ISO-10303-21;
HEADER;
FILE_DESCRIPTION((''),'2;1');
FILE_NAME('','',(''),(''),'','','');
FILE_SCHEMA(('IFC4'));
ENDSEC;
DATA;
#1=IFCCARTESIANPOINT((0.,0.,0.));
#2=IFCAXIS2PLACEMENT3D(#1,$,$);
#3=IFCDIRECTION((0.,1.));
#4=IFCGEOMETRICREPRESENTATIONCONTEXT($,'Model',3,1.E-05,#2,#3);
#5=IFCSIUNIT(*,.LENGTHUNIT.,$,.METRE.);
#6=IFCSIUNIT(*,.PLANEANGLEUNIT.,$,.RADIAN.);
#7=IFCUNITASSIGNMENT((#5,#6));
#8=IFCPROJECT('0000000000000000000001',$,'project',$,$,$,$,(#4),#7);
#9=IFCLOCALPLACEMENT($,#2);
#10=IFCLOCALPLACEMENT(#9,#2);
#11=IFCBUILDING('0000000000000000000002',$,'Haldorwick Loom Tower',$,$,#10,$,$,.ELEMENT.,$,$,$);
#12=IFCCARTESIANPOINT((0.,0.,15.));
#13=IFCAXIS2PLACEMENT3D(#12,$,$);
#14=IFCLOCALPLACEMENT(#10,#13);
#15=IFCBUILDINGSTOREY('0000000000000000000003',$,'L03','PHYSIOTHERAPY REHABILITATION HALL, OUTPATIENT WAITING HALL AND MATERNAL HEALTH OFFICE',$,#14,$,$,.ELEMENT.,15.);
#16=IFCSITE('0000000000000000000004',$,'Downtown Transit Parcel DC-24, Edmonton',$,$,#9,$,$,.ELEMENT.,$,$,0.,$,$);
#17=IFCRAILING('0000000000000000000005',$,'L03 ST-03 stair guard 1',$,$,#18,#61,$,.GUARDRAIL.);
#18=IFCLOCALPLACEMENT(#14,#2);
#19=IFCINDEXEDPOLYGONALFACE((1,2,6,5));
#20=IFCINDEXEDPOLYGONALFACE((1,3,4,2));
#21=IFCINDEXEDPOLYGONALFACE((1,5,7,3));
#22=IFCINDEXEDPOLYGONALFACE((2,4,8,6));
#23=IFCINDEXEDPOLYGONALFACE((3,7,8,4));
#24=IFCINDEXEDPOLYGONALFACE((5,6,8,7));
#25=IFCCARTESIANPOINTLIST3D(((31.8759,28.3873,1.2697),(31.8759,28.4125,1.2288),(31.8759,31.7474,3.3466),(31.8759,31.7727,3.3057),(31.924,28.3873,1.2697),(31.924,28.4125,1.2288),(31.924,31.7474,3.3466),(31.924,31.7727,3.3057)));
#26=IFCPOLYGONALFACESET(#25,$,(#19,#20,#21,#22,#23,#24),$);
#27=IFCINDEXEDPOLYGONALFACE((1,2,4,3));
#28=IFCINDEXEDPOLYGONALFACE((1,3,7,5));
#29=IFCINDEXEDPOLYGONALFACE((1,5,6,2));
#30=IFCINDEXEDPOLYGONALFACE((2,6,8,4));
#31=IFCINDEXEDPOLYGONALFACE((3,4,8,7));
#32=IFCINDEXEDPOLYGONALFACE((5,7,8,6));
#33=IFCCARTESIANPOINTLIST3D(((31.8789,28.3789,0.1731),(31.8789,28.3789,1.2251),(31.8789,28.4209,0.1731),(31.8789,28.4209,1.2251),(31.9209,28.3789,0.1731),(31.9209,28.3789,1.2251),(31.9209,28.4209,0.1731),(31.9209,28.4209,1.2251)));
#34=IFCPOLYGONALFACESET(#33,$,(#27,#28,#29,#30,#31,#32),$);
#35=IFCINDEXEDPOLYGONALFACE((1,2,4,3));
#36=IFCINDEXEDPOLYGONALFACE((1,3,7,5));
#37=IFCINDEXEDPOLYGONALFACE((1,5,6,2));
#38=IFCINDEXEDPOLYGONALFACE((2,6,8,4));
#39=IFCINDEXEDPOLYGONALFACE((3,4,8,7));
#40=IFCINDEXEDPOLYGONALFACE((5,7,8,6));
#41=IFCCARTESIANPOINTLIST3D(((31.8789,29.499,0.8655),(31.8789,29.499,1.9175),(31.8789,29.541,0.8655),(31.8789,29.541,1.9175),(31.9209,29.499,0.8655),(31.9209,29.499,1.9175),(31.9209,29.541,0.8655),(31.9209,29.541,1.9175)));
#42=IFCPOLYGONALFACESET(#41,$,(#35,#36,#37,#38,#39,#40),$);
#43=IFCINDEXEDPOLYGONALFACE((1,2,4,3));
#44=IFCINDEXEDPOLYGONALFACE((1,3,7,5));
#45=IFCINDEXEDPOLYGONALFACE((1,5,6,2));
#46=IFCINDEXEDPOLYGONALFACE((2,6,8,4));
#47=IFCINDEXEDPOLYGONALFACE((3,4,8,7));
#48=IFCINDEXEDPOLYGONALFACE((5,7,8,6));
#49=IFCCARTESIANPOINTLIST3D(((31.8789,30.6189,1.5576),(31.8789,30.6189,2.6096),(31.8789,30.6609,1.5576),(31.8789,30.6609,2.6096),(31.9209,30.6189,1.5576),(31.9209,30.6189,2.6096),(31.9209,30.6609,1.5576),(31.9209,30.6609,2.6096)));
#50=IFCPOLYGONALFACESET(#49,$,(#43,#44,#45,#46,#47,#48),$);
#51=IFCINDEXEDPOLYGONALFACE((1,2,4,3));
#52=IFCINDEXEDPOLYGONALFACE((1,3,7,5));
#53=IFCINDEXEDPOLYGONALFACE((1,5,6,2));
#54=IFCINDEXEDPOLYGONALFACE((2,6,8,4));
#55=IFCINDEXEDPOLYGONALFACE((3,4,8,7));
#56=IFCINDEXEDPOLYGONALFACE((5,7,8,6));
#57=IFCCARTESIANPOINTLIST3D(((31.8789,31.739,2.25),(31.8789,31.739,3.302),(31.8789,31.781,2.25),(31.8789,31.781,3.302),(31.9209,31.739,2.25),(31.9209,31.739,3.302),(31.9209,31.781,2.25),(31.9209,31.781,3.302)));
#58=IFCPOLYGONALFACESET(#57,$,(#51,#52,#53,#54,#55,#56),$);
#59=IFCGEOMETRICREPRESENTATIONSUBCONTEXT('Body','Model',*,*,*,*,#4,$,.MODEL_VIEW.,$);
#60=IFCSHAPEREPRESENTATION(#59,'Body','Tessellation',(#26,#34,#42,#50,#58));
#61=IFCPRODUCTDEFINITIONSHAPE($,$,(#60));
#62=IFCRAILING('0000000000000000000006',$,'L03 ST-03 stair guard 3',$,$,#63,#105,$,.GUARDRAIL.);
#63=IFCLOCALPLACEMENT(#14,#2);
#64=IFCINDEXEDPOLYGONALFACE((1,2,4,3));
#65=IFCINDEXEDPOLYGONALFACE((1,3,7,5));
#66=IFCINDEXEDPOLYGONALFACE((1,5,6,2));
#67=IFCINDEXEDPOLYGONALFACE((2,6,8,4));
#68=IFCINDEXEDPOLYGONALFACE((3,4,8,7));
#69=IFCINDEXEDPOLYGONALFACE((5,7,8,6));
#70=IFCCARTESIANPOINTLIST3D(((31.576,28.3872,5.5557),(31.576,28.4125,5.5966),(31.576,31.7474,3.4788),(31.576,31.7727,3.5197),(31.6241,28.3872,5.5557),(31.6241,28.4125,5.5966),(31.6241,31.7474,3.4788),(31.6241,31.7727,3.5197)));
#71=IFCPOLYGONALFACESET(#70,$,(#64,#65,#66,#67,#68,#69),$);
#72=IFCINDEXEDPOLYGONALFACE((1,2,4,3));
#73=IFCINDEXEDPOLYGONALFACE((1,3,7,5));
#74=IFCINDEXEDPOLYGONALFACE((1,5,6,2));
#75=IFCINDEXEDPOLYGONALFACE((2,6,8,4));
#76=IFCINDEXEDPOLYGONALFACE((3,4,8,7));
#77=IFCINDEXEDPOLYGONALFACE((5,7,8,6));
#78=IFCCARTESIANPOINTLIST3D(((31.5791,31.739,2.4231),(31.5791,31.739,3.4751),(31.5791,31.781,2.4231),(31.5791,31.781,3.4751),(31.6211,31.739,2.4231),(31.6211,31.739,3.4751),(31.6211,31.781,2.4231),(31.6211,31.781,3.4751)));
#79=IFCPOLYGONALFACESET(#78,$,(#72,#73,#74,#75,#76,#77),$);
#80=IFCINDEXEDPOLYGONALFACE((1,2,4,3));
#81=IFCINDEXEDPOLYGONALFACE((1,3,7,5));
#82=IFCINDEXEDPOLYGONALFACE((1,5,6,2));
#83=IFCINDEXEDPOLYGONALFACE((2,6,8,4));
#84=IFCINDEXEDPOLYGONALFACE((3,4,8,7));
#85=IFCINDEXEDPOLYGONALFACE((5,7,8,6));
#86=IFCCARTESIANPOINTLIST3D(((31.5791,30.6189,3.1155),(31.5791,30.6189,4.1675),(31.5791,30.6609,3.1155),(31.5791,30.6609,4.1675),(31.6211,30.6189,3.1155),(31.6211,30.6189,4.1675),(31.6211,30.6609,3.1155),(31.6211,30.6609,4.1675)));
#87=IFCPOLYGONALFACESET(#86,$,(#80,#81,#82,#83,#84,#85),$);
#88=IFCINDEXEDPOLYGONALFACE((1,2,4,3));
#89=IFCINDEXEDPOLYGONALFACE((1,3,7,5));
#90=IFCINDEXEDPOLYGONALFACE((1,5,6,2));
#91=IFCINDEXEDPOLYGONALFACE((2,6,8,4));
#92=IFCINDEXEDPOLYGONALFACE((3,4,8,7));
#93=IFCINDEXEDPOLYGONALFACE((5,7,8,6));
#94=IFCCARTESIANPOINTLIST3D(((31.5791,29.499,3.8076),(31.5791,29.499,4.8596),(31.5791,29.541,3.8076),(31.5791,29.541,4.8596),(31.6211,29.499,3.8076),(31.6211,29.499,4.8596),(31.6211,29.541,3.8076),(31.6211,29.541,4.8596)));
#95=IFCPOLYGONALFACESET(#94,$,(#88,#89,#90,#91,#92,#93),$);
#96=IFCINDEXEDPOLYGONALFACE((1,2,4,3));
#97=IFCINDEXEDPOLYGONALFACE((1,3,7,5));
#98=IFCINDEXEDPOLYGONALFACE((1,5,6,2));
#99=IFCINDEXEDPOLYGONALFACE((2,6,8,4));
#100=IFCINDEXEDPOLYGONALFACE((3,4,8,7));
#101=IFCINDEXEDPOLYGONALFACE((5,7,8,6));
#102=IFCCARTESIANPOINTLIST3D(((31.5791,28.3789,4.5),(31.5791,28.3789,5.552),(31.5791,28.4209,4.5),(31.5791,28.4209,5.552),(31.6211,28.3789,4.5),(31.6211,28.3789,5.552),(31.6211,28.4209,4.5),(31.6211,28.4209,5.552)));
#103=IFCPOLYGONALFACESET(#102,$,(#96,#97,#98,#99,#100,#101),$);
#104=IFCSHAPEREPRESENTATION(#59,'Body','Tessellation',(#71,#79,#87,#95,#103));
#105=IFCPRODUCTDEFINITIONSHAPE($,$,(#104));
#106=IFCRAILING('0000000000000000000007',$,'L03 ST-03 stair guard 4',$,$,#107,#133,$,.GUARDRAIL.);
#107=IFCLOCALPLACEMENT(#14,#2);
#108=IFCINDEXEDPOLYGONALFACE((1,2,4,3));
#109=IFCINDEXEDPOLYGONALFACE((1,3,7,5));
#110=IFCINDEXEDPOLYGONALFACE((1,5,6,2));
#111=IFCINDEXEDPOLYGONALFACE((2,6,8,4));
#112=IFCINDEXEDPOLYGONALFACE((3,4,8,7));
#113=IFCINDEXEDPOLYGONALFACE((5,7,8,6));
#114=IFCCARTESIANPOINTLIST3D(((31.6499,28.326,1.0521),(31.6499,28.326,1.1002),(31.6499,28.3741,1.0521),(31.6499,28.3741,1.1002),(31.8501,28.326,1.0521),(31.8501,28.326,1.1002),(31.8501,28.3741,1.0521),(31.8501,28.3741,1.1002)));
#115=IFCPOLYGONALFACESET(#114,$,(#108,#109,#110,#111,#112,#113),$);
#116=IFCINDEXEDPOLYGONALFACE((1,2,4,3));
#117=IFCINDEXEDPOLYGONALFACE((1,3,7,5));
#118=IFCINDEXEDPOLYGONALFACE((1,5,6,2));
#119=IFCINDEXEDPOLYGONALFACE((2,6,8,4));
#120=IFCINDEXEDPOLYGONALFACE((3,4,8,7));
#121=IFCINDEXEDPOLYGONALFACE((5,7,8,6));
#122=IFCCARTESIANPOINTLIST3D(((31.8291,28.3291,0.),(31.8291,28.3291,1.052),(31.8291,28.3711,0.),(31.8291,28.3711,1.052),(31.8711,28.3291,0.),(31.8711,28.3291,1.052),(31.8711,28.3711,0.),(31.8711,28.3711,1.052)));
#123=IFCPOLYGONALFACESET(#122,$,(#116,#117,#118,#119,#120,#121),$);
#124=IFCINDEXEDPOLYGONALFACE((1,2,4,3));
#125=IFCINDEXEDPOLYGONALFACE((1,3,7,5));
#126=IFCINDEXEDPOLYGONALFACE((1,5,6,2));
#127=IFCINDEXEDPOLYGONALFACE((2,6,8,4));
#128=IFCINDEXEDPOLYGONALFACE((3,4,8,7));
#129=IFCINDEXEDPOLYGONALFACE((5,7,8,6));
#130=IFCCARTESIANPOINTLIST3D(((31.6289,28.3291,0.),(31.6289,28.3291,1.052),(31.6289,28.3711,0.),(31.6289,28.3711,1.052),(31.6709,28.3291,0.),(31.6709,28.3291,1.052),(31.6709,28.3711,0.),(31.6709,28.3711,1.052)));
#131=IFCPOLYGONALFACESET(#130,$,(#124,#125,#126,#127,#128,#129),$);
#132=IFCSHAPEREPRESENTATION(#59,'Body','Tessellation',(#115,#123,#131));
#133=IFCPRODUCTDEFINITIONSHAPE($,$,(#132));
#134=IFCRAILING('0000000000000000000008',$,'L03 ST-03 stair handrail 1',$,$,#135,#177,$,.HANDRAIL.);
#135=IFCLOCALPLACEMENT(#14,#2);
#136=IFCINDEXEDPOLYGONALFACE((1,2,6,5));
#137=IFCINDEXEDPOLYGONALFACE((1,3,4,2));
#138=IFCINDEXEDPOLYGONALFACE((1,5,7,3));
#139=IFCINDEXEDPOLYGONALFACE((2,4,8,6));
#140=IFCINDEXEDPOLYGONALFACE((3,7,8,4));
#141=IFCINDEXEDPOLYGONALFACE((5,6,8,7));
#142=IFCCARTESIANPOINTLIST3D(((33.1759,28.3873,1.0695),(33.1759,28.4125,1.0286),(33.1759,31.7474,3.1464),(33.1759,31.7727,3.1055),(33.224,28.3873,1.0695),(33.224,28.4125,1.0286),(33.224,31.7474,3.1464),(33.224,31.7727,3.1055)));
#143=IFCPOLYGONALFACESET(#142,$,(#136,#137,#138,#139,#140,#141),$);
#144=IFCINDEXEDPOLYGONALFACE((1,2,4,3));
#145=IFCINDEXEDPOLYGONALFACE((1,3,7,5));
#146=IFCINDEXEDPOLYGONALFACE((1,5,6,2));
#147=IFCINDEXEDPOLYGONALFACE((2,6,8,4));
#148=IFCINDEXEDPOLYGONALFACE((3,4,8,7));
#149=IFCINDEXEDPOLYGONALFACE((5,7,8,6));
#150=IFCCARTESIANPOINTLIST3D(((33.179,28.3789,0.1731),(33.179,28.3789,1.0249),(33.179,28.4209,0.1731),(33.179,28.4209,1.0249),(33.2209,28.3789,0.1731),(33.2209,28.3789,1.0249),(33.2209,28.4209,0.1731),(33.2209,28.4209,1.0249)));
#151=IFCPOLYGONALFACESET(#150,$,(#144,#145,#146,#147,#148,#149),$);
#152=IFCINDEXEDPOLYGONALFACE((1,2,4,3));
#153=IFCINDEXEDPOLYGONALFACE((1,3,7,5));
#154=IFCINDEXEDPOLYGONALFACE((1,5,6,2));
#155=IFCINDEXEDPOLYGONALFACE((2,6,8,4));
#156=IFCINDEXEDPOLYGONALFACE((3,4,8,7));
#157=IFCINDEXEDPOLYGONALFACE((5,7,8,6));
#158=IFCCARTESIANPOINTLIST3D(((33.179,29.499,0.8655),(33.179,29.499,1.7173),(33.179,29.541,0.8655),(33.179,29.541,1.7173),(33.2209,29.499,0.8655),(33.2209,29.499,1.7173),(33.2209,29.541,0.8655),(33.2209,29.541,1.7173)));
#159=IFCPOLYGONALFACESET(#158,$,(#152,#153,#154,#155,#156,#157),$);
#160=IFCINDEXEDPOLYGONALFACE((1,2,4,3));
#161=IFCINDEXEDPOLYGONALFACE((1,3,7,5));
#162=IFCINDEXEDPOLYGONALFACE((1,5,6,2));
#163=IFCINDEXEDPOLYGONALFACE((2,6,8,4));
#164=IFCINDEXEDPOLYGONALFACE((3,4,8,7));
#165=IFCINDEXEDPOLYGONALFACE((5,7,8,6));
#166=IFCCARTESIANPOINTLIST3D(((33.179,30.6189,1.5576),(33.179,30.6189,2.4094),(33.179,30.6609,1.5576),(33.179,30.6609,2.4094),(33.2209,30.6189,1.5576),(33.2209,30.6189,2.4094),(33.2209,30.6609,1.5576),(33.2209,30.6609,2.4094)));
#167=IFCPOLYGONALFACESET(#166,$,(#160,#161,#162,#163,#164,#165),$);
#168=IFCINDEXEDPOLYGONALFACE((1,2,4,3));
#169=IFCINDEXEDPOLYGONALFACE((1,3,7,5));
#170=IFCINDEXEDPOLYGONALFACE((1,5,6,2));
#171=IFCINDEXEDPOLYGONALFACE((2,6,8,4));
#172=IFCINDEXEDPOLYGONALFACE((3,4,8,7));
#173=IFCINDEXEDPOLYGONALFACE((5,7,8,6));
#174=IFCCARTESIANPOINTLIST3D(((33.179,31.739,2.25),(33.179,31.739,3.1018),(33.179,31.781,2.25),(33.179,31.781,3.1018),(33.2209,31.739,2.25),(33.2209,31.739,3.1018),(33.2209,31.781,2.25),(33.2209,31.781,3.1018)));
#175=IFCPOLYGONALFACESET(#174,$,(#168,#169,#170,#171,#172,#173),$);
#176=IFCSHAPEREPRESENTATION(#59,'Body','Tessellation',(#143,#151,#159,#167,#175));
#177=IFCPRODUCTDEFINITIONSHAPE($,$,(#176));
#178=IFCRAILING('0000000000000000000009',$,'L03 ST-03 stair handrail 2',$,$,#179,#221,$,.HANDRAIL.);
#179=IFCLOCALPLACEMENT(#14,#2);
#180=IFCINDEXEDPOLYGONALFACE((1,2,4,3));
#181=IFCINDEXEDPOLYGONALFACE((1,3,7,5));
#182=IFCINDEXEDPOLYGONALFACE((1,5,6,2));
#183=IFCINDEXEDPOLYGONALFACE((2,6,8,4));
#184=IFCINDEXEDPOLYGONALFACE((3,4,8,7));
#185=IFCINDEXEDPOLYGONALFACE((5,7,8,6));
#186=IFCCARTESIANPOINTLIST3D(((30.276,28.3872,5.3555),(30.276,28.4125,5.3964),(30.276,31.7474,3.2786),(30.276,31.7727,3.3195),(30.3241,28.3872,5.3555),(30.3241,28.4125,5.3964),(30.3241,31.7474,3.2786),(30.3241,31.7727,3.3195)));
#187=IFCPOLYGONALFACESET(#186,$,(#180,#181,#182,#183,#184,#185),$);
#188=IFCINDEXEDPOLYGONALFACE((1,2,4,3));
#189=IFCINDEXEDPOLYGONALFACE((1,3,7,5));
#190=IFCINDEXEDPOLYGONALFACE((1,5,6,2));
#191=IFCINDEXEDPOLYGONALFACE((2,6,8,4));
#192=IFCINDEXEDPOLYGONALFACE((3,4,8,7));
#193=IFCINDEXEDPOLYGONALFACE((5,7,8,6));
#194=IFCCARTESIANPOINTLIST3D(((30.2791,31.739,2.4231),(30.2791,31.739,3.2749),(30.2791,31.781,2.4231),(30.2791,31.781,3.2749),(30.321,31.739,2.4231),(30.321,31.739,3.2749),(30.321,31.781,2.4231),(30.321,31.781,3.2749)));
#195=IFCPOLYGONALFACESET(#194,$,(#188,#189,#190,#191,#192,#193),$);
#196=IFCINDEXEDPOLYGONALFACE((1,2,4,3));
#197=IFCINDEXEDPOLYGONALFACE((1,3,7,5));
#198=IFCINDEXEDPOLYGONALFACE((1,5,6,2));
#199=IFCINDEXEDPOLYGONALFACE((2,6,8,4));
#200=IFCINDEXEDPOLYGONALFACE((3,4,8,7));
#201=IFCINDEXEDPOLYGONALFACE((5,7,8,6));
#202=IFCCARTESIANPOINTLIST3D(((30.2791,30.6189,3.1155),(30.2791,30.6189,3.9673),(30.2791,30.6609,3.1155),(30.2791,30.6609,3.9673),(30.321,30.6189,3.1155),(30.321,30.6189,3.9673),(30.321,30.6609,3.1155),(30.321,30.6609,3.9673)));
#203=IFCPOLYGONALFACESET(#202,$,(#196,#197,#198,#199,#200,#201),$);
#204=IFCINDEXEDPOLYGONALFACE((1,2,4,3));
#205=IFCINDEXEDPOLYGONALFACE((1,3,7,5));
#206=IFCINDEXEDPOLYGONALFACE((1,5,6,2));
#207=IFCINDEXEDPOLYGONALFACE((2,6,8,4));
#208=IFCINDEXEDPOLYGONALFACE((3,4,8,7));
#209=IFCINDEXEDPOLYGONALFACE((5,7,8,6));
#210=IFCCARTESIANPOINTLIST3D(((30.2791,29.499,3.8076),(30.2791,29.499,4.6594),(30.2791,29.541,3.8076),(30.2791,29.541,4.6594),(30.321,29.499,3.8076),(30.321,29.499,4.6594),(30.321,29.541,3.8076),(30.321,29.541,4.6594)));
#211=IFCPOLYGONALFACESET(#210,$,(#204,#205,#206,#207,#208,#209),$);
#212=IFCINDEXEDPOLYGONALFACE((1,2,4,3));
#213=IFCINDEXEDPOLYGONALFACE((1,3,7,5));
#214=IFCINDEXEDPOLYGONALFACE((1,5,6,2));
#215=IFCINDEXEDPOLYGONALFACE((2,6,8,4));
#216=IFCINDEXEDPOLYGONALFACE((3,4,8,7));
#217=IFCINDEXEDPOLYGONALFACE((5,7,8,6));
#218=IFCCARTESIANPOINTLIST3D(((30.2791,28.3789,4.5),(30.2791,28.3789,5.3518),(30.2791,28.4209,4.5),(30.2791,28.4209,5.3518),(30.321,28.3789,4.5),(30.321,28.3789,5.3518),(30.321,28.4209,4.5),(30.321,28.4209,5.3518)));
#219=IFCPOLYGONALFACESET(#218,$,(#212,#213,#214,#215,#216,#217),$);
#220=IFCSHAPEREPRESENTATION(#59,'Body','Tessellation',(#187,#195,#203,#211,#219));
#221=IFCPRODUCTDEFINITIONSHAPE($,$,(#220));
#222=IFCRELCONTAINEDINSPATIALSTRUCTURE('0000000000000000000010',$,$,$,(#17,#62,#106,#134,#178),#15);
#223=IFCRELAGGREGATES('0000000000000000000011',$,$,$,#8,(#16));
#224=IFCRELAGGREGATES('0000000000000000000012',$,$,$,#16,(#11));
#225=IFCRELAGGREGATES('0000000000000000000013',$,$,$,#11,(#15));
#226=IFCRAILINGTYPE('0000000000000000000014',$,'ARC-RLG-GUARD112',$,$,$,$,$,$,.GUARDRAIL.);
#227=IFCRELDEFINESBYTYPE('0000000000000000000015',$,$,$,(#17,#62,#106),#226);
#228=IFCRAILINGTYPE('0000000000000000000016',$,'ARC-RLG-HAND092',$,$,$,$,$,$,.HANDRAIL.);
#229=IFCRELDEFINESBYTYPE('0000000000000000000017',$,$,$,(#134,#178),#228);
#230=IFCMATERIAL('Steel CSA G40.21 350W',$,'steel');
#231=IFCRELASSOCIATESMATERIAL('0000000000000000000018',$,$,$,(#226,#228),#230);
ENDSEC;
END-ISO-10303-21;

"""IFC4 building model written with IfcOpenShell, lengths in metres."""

from ifc_helpers import new_model, si_unit, direction, frame, origin, origin_2d, place, context, subcontext, project, spatial, rectangle, extrude, material, type_object, element, save


model = new_model("IFC4")

# Units and contexts
model_context = context("Model", 3, precision=1e-05, world=origin(), true_north=direction((0.0, 1.0)))
body_context = subcontext(model_context, "Body", "Model", "MODEL_VIEW")
ifc_project = project(units=[si_unit("LENGTHUNIT", "METRE"), si_unit("PLANEANGLEUNIT", "RADIAN")], contexts=[model_context])

# Site, building, storey
site_placement = place(None, origin())
site = spatial("IfcSite", under=ifc_project, at=site_placement, Name="Downtown Transit Parcel DC-24, Edmonton", CompositionType="ELEMENT", RefElevation=0.0)
building_placement = place(site_placement, origin())
building = spatial("IfcBuilding", under=site, at=building_placement, Name="Haldorwick Loom Tower", CompositionType="ELEMENT")
storey_placement = place(building_placement, frame((0.0, 0.0, 15.0)))
storey = spatial("IfcBuildingStorey", under=building, at=storey_placement, Name="L03", Description="PHYSIOTHERAPY REHABILITATION HALL, OUTPATIENT WAITING HALL AND MATERNAL HEALTH OFFICE", CompositionType="ELEMENT", Elevation=15.0)

# Railings
ifc_material_1 = material(Name="Steel CSA G40.21 350W", Category="steel")
railing_type_1 = type_object("IfcRailingType", Name="ARC-RLG-GUARD112", PredefinedType="GUARDRAIL", material=ifc_material_1)
railing_1_placement = place(storey_placement, frame((31.8999, 28.3999, 0.1731)))
element("IfcRailing", 1, at=railing_1_placement, inside=storey, type_object=railing_type_1, Name="L03 ST-03 stair guard 1", PredefinedType="GUARDRAIL", context=body_context, shape_type="SweptSolid", body=[
    extrude(rectangle(XDim=0.0481, YDim=0.0481, at=origin_2d()), frame((0.0, 0.0, 1.0762), z_axis=(0.0, 0.850623, 0.525776), x_axis=(-1.0, 0.0, 0.0)), (0.0, 0.0, 1.0), 3.9502),
    extrude(rectangle(XDim=0.042, YDim=0.042, at=origin_2d()), origin(), (0.0, 0.0, 1.0), 1.052),
    extrude(rectangle(XDim=0.042, YDim=0.042, at=origin_2d()), frame((0.0, 1.1201, 0.6924)), (0.0, 0.0, 1.0), 1.052),
    extrude(rectangle(XDim=0.042, YDim=0.042, at=origin_2d()), frame((0.0, 2.24, 1.3845)), (0.0, 0.0, 1.0), 1.052),
    extrude(rectangle(XDim=0.042, YDim=0.042, at=origin_2d()), frame((0.0, 3.3601, 2.0769)), (0.0, 0.0, 1.0), 1.052),
])
railing_2_placement = place(storey_placement, frame((31.6001, 31.76, 2.4231)))
element("IfcRailing", 2, at=railing_2_placement, inside=storey, type_object=railing_type_1, Name="L03 ST-03 stair guard 3", PredefinedType="GUARDRAIL", context=body_context, shape_type="SweptSolid", body=[
    extrude(rectangle(XDim=0.0481, YDim=0.0481, at=origin_2d()), frame((0.0, 0.0, 1.0762), z_axis=(0.0, -0.850623, 0.525776), x_axis=(1.0, 0.0, 0.0)), (0.0, 0.0, 1.0), 3.9502),
    extrude(rectangle(XDim=0.042, YDim=0.042, at=origin_2d()), origin(), (0.0, 0.0, 1.0), 1.052),
    extrude(rectangle(XDim=0.042, YDim=0.042, at=origin_2d()), frame((0.0, -1.1201, 0.6924)), (0.0, 0.0, 1.0), 1.052),
    extrude(rectangle(XDim=0.042, YDim=0.042, at=origin_2d()), frame((0.0, -2.24, 1.3845)), (0.0, 0.0, 1.0), 1.052),
    extrude(rectangle(XDim=0.042, YDim=0.042, at=origin_2d()), frame((0.0, -3.3601, 2.0769)), (0.0, 0.0, 1.0), 1.052),
])
railing_3_placement = place(storey_placement, frame((31.8501, 28.3501, 0.0)))
element("IfcRailing", 3, at=railing_3_placement, inside=storey, type_object=railing_type_1, Name="L03 ST-03 stair guard 4", PredefinedType="GUARDRAIL", context=body_context, shape_type="SweptSolid", body=[
    extrude(rectangle(XDim=0.0481, YDim=0.0481, at=origin_2d()), frame((0.0, 0.0, 1.0762), z_axis=(-1.0, 0.0, 0.0), x_axis=(0.0, -1.0, 0.0)), (0.0, 0.0, 1.0), 0.2002),
    extrude(rectangle(XDim=0.042, YDim=0.042, at=origin_2d()), origin(), (0.0, 0.0, 1.0), 1.052),
    extrude(rectangle(XDim=0.042, YDim=0.042, at=origin_2d()), frame((-0.2002, 0.0, 0.0)), (0.0, 0.0, 1.0), 1.052),
])
railing_type_2 = type_object("IfcRailingType", Name="ARC-RLG-HAND092", PredefinedType="HANDRAIL", material=ifc_material_1)
railing_4_placement = place(storey_placement, frame((33.2, 28.3999, 0.1731)))
element("IfcRailing", 4, at=railing_4_placement, inside=storey, type_object=railing_type_2, Name="L03 ST-03 stair handrail 1", PredefinedType="HANDRAIL", context=body_context, shape_type="SweptSolid", body=[
    extrude(rectangle(XDim=0.0481, YDim=0.0481, at=origin_2d()), frame((0.0, 0.0, 0.876), z_axis=(0.0, 0.850623, 0.525776), x_axis=(-1.0, 0.0, 0.0)), (0.0, 0.0, 1.0), 3.9502),
    extrude(rectangle(XDim=0.042, YDim=0.042, at=origin_2d()), origin(), (0.0, 0.0, 1.0), 0.8518),
    extrude(rectangle(XDim=0.042, YDim=0.042, at=origin_2d()), frame((0.0, 1.1201, 0.6924)), (0.0, 0.0, 1.0), 0.8518),
    extrude(rectangle(XDim=0.042, YDim=0.042, at=origin_2d()), frame((0.0, 2.24, 1.3845)), (0.0, 0.0, 1.0), 0.8518),
    extrude(rectangle(XDim=0.042, YDim=0.042, at=origin_2d()), frame((0.0, 3.3601, 2.0769)), (0.0, 0.0, 1.0), 0.8518),
])
railing_5_placement = place(storey_placement, frame((30.3, 31.76, 2.4231)))
element("IfcRailing", 5, at=railing_5_placement, inside=storey, type_object=railing_type_2, Name="L03 ST-03 stair handrail 2", PredefinedType="HANDRAIL", context=body_context, shape_type="SweptSolid", body=[
    extrude(rectangle(XDim=0.0481, YDim=0.0481, at=origin_2d()), frame((0.0, 0.0, 0.876), z_axis=(0.0, -0.850623, 0.525776), x_axis=(1.0, 0.0, 0.0)), (0.0, 0.0, 1.0), 3.9502),
    extrude(rectangle(XDim=0.042, YDim=0.042, at=origin_2d()), origin(), (0.0, 0.0, 1.0), 0.8518),
    extrude(rectangle(XDim=0.042, YDim=0.042, at=origin_2d()), frame((0.0, -1.1201, 0.6924)), (0.0, 0.0, 1.0), 0.8518),
    extrude(rectangle(XDim=0.042, YDim=0.042, at=origin_2d()), frame((0.0, -2.24, 1.3845)), (0.0, 0.0, 1.0), 0.8518),
    extrude(rectangle(XDim=0.042, YDim=0.042, at=origin_2d()), frame((0.0, -3.3601, 2.0769)), (0.0, 0.0, 1.0), 0.8518),
])

save(model, "model.ifc")
